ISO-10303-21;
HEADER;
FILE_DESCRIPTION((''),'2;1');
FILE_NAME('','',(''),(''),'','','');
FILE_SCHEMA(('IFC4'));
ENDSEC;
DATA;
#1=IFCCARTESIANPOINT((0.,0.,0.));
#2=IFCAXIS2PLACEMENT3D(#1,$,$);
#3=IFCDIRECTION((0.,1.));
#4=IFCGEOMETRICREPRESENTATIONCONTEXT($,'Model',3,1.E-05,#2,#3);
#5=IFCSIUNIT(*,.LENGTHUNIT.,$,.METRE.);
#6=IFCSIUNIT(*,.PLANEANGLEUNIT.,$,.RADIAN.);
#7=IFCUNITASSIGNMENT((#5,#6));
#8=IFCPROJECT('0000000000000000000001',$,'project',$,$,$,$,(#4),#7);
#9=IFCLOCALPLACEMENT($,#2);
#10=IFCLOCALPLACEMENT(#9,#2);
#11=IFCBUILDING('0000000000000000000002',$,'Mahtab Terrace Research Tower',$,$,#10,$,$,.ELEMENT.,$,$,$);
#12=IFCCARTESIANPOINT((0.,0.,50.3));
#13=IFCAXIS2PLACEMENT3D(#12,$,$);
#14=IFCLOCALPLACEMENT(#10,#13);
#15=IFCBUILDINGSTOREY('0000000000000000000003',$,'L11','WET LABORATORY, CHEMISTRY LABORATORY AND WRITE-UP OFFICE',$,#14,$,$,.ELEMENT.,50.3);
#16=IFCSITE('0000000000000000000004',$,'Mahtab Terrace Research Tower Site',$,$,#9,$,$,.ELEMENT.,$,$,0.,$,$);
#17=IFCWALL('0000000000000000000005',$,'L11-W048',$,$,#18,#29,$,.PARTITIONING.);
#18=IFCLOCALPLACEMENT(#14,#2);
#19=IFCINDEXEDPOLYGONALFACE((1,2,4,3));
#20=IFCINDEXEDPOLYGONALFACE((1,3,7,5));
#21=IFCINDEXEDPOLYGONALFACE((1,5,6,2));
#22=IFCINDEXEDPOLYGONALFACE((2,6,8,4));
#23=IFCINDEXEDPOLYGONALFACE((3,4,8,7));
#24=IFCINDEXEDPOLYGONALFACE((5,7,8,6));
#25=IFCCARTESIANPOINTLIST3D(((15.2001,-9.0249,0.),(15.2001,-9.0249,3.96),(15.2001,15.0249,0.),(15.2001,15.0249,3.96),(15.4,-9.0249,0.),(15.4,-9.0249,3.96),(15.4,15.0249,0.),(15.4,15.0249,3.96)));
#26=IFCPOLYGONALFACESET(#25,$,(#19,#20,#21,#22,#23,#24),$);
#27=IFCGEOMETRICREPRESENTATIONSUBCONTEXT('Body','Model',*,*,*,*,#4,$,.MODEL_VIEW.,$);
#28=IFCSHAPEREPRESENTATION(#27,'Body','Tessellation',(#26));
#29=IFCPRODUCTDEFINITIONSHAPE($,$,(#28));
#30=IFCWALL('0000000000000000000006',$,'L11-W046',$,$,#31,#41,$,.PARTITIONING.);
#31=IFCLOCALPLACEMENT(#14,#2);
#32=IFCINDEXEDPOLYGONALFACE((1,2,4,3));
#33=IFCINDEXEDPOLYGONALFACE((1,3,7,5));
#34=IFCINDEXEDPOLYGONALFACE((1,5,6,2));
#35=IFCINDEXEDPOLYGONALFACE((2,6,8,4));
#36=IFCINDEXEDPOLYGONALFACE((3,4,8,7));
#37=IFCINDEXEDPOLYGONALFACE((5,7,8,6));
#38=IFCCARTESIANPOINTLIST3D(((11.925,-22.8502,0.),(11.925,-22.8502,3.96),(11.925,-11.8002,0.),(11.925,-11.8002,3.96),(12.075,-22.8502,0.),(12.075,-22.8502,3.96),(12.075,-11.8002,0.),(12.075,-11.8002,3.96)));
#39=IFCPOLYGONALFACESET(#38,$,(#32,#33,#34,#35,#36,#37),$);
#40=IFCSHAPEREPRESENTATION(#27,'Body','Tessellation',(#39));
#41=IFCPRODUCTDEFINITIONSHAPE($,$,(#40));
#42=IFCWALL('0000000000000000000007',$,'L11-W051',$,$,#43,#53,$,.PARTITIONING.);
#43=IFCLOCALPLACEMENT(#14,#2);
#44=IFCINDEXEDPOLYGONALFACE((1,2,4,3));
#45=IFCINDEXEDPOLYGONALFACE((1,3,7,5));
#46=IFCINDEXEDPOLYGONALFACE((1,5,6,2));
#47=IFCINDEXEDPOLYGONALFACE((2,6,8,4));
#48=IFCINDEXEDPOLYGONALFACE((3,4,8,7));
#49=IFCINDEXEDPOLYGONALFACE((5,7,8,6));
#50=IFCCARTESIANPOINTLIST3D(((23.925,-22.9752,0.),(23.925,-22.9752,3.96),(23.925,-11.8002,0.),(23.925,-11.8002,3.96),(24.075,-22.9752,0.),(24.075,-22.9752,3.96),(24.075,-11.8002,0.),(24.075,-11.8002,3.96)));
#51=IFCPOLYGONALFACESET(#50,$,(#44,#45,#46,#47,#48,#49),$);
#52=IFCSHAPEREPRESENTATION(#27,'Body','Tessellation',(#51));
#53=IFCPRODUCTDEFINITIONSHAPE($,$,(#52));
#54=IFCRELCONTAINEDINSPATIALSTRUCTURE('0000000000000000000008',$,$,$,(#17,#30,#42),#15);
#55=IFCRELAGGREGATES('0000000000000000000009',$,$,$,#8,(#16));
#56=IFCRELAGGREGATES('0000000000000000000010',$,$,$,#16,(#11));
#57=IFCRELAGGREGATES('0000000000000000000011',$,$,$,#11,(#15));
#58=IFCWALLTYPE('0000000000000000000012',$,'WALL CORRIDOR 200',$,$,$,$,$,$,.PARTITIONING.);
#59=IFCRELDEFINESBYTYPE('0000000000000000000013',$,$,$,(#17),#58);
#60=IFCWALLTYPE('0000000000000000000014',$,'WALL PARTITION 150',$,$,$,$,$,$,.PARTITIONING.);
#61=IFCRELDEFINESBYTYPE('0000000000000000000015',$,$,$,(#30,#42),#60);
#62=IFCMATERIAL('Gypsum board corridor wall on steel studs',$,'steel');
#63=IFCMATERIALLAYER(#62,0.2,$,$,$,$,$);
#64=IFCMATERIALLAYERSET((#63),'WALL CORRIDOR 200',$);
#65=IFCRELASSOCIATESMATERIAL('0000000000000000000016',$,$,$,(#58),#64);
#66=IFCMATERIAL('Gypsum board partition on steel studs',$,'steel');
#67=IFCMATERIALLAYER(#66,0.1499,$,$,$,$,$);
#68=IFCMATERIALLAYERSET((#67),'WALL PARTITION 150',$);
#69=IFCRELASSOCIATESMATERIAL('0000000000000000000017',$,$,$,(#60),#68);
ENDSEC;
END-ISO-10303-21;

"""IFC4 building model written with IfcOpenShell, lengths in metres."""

from ifc_helpers import new_model, si_unit, direction, frame, frame_2d, origin, place, context, subcontext, project, spatial, rectangle, extrude, material, layer, layer_set, type_object, element, save


model = new_model("IFC4")

# Units and contexts
model_context = context("Model", 3, precision=1e-05, world=origin(), true_north=direction((0.0, 1.0)))
body_context = subcontext(model_context, "Body", "Model", "MODEL_VIEW")
ifc_project = project(units=[si_unit("LENGTHUNIT", "METRE"), si_unit("PLANEANGLEUNIT", "RADIAN")], contexts=[model_context])

# Site, building, storey
site_placement = place(None, origin())
site = spatial("IfcSite", under=ifc_project, at=site_placement, Name="Mahtab Terrace Research Tower Site", CompositionType="ELEMENT", RefElevation=0.0)
building_placement = place(site_placement, origin())
building = spatial("IfcBuilding", under=site, at=building_placement, Name="Mahtab Terrace Research Tower", CompositionType="ELEMENT")
storey_placement = place(building_placement, frame((0.0, 0.0, 50.3)))
storey = spatial("IfcBuildingStorey", under=building, at=storey_placement, Name="L11", Description="WET LABORATORY, CHEMISTRY LABORATORY AND WRITE-UP OFFICE", CompositionType="ELEMENT", Elevation=50.3)

# Shared definitions
ifc_material_1 = material(Name="Gypsum board corridor wall on steel studs", Category="steel")
ifc_layer_1 = layer(ifc_material_1, 0.2)
ifc_layer_set_1 = layer_set([ifc_layer_1], Name="WALL CORRIDOR 200")
wall_type_1 = type_object("IfcWallType", Name="WALL CORRIDOR 200", PredefinedType="PARTITIONING", material=ifc_layer_set_1)

# Walls
wall_1_placement = place(storey_placement, frame((15.3, -9.0249, 0.0), z_axis=(0.0, 0.0, 1.0), x_axis=(0.0, 1.0, 0.0)))
element("IfcWall", 1, at=wall_1_placement, inside=storey, type_object=wall_type_1, Name="L11-W048", PredefinedType="PARTITIONING", context=body_context, shape_type="SweptSolid", body=[
    extrude(rectangle(XDim=24.0498, YDim=0.2, at=frame_2d((12.0249, 0.0))), origin(), (0.0, 0.0, 1.0), 3.96),
])
ifc_material_2 = material(Name="Gypsum board partition on steel studs", Category="steel")
ifc_layer_2 = layer(ifc_material_2, 0.1499)
ifc_layer_set_2 = layer_set([ifc_layer_2], Name="WALL PARTITION 150")
wall_type_2 = type_object("IfcWallType", Name="WALL PARTITION 150", PredefinedType="PARTITIONING", material=ifc_layer_set_2)
wall_2_placement = place(storey_placement, frame((12.0, -22.8501, 0.0), z_axis=(0.0, 0.0, 1.0), x_axis=(0.0, 1.0, 0.0)))
element("IfcWall", 2, at=wall_2_placement, inside=storey, type_object=wall_type_2, Name="L11-W046", PredefinedType="PARTITIONING", context=body_context, shape_type="SweptSolid", body=[
    extrude(rectangle(XDim=11.05, YDim=0.1499, at=frame_2d((5.5249, 0.0))), origin(), (0.0, 0.0, 1.0), 3.96),
])
wall_3_placement = place(storey_placement, frame((24.0, -22.9751, 0.0), z_axis=(0.0, 0.0, 1.0), x_axis=(0.0, 1.0, 0.0)))
element("IfcWall", 3, at=wall_3_placement, inside=storey, type_object=wall_type_2, Name="L11-W051", PredefinedType="PARTITIONING", context=body_context, shape_type="SweptSolid", body=[
    extrude(rectangle(XDim=11.175, YDim=0.1499, at=frame_2d((5.5874, 0.0))), origin(), (0.0, 0.0, 1.0), 3.96),
])

save(model, "model.ifc")
